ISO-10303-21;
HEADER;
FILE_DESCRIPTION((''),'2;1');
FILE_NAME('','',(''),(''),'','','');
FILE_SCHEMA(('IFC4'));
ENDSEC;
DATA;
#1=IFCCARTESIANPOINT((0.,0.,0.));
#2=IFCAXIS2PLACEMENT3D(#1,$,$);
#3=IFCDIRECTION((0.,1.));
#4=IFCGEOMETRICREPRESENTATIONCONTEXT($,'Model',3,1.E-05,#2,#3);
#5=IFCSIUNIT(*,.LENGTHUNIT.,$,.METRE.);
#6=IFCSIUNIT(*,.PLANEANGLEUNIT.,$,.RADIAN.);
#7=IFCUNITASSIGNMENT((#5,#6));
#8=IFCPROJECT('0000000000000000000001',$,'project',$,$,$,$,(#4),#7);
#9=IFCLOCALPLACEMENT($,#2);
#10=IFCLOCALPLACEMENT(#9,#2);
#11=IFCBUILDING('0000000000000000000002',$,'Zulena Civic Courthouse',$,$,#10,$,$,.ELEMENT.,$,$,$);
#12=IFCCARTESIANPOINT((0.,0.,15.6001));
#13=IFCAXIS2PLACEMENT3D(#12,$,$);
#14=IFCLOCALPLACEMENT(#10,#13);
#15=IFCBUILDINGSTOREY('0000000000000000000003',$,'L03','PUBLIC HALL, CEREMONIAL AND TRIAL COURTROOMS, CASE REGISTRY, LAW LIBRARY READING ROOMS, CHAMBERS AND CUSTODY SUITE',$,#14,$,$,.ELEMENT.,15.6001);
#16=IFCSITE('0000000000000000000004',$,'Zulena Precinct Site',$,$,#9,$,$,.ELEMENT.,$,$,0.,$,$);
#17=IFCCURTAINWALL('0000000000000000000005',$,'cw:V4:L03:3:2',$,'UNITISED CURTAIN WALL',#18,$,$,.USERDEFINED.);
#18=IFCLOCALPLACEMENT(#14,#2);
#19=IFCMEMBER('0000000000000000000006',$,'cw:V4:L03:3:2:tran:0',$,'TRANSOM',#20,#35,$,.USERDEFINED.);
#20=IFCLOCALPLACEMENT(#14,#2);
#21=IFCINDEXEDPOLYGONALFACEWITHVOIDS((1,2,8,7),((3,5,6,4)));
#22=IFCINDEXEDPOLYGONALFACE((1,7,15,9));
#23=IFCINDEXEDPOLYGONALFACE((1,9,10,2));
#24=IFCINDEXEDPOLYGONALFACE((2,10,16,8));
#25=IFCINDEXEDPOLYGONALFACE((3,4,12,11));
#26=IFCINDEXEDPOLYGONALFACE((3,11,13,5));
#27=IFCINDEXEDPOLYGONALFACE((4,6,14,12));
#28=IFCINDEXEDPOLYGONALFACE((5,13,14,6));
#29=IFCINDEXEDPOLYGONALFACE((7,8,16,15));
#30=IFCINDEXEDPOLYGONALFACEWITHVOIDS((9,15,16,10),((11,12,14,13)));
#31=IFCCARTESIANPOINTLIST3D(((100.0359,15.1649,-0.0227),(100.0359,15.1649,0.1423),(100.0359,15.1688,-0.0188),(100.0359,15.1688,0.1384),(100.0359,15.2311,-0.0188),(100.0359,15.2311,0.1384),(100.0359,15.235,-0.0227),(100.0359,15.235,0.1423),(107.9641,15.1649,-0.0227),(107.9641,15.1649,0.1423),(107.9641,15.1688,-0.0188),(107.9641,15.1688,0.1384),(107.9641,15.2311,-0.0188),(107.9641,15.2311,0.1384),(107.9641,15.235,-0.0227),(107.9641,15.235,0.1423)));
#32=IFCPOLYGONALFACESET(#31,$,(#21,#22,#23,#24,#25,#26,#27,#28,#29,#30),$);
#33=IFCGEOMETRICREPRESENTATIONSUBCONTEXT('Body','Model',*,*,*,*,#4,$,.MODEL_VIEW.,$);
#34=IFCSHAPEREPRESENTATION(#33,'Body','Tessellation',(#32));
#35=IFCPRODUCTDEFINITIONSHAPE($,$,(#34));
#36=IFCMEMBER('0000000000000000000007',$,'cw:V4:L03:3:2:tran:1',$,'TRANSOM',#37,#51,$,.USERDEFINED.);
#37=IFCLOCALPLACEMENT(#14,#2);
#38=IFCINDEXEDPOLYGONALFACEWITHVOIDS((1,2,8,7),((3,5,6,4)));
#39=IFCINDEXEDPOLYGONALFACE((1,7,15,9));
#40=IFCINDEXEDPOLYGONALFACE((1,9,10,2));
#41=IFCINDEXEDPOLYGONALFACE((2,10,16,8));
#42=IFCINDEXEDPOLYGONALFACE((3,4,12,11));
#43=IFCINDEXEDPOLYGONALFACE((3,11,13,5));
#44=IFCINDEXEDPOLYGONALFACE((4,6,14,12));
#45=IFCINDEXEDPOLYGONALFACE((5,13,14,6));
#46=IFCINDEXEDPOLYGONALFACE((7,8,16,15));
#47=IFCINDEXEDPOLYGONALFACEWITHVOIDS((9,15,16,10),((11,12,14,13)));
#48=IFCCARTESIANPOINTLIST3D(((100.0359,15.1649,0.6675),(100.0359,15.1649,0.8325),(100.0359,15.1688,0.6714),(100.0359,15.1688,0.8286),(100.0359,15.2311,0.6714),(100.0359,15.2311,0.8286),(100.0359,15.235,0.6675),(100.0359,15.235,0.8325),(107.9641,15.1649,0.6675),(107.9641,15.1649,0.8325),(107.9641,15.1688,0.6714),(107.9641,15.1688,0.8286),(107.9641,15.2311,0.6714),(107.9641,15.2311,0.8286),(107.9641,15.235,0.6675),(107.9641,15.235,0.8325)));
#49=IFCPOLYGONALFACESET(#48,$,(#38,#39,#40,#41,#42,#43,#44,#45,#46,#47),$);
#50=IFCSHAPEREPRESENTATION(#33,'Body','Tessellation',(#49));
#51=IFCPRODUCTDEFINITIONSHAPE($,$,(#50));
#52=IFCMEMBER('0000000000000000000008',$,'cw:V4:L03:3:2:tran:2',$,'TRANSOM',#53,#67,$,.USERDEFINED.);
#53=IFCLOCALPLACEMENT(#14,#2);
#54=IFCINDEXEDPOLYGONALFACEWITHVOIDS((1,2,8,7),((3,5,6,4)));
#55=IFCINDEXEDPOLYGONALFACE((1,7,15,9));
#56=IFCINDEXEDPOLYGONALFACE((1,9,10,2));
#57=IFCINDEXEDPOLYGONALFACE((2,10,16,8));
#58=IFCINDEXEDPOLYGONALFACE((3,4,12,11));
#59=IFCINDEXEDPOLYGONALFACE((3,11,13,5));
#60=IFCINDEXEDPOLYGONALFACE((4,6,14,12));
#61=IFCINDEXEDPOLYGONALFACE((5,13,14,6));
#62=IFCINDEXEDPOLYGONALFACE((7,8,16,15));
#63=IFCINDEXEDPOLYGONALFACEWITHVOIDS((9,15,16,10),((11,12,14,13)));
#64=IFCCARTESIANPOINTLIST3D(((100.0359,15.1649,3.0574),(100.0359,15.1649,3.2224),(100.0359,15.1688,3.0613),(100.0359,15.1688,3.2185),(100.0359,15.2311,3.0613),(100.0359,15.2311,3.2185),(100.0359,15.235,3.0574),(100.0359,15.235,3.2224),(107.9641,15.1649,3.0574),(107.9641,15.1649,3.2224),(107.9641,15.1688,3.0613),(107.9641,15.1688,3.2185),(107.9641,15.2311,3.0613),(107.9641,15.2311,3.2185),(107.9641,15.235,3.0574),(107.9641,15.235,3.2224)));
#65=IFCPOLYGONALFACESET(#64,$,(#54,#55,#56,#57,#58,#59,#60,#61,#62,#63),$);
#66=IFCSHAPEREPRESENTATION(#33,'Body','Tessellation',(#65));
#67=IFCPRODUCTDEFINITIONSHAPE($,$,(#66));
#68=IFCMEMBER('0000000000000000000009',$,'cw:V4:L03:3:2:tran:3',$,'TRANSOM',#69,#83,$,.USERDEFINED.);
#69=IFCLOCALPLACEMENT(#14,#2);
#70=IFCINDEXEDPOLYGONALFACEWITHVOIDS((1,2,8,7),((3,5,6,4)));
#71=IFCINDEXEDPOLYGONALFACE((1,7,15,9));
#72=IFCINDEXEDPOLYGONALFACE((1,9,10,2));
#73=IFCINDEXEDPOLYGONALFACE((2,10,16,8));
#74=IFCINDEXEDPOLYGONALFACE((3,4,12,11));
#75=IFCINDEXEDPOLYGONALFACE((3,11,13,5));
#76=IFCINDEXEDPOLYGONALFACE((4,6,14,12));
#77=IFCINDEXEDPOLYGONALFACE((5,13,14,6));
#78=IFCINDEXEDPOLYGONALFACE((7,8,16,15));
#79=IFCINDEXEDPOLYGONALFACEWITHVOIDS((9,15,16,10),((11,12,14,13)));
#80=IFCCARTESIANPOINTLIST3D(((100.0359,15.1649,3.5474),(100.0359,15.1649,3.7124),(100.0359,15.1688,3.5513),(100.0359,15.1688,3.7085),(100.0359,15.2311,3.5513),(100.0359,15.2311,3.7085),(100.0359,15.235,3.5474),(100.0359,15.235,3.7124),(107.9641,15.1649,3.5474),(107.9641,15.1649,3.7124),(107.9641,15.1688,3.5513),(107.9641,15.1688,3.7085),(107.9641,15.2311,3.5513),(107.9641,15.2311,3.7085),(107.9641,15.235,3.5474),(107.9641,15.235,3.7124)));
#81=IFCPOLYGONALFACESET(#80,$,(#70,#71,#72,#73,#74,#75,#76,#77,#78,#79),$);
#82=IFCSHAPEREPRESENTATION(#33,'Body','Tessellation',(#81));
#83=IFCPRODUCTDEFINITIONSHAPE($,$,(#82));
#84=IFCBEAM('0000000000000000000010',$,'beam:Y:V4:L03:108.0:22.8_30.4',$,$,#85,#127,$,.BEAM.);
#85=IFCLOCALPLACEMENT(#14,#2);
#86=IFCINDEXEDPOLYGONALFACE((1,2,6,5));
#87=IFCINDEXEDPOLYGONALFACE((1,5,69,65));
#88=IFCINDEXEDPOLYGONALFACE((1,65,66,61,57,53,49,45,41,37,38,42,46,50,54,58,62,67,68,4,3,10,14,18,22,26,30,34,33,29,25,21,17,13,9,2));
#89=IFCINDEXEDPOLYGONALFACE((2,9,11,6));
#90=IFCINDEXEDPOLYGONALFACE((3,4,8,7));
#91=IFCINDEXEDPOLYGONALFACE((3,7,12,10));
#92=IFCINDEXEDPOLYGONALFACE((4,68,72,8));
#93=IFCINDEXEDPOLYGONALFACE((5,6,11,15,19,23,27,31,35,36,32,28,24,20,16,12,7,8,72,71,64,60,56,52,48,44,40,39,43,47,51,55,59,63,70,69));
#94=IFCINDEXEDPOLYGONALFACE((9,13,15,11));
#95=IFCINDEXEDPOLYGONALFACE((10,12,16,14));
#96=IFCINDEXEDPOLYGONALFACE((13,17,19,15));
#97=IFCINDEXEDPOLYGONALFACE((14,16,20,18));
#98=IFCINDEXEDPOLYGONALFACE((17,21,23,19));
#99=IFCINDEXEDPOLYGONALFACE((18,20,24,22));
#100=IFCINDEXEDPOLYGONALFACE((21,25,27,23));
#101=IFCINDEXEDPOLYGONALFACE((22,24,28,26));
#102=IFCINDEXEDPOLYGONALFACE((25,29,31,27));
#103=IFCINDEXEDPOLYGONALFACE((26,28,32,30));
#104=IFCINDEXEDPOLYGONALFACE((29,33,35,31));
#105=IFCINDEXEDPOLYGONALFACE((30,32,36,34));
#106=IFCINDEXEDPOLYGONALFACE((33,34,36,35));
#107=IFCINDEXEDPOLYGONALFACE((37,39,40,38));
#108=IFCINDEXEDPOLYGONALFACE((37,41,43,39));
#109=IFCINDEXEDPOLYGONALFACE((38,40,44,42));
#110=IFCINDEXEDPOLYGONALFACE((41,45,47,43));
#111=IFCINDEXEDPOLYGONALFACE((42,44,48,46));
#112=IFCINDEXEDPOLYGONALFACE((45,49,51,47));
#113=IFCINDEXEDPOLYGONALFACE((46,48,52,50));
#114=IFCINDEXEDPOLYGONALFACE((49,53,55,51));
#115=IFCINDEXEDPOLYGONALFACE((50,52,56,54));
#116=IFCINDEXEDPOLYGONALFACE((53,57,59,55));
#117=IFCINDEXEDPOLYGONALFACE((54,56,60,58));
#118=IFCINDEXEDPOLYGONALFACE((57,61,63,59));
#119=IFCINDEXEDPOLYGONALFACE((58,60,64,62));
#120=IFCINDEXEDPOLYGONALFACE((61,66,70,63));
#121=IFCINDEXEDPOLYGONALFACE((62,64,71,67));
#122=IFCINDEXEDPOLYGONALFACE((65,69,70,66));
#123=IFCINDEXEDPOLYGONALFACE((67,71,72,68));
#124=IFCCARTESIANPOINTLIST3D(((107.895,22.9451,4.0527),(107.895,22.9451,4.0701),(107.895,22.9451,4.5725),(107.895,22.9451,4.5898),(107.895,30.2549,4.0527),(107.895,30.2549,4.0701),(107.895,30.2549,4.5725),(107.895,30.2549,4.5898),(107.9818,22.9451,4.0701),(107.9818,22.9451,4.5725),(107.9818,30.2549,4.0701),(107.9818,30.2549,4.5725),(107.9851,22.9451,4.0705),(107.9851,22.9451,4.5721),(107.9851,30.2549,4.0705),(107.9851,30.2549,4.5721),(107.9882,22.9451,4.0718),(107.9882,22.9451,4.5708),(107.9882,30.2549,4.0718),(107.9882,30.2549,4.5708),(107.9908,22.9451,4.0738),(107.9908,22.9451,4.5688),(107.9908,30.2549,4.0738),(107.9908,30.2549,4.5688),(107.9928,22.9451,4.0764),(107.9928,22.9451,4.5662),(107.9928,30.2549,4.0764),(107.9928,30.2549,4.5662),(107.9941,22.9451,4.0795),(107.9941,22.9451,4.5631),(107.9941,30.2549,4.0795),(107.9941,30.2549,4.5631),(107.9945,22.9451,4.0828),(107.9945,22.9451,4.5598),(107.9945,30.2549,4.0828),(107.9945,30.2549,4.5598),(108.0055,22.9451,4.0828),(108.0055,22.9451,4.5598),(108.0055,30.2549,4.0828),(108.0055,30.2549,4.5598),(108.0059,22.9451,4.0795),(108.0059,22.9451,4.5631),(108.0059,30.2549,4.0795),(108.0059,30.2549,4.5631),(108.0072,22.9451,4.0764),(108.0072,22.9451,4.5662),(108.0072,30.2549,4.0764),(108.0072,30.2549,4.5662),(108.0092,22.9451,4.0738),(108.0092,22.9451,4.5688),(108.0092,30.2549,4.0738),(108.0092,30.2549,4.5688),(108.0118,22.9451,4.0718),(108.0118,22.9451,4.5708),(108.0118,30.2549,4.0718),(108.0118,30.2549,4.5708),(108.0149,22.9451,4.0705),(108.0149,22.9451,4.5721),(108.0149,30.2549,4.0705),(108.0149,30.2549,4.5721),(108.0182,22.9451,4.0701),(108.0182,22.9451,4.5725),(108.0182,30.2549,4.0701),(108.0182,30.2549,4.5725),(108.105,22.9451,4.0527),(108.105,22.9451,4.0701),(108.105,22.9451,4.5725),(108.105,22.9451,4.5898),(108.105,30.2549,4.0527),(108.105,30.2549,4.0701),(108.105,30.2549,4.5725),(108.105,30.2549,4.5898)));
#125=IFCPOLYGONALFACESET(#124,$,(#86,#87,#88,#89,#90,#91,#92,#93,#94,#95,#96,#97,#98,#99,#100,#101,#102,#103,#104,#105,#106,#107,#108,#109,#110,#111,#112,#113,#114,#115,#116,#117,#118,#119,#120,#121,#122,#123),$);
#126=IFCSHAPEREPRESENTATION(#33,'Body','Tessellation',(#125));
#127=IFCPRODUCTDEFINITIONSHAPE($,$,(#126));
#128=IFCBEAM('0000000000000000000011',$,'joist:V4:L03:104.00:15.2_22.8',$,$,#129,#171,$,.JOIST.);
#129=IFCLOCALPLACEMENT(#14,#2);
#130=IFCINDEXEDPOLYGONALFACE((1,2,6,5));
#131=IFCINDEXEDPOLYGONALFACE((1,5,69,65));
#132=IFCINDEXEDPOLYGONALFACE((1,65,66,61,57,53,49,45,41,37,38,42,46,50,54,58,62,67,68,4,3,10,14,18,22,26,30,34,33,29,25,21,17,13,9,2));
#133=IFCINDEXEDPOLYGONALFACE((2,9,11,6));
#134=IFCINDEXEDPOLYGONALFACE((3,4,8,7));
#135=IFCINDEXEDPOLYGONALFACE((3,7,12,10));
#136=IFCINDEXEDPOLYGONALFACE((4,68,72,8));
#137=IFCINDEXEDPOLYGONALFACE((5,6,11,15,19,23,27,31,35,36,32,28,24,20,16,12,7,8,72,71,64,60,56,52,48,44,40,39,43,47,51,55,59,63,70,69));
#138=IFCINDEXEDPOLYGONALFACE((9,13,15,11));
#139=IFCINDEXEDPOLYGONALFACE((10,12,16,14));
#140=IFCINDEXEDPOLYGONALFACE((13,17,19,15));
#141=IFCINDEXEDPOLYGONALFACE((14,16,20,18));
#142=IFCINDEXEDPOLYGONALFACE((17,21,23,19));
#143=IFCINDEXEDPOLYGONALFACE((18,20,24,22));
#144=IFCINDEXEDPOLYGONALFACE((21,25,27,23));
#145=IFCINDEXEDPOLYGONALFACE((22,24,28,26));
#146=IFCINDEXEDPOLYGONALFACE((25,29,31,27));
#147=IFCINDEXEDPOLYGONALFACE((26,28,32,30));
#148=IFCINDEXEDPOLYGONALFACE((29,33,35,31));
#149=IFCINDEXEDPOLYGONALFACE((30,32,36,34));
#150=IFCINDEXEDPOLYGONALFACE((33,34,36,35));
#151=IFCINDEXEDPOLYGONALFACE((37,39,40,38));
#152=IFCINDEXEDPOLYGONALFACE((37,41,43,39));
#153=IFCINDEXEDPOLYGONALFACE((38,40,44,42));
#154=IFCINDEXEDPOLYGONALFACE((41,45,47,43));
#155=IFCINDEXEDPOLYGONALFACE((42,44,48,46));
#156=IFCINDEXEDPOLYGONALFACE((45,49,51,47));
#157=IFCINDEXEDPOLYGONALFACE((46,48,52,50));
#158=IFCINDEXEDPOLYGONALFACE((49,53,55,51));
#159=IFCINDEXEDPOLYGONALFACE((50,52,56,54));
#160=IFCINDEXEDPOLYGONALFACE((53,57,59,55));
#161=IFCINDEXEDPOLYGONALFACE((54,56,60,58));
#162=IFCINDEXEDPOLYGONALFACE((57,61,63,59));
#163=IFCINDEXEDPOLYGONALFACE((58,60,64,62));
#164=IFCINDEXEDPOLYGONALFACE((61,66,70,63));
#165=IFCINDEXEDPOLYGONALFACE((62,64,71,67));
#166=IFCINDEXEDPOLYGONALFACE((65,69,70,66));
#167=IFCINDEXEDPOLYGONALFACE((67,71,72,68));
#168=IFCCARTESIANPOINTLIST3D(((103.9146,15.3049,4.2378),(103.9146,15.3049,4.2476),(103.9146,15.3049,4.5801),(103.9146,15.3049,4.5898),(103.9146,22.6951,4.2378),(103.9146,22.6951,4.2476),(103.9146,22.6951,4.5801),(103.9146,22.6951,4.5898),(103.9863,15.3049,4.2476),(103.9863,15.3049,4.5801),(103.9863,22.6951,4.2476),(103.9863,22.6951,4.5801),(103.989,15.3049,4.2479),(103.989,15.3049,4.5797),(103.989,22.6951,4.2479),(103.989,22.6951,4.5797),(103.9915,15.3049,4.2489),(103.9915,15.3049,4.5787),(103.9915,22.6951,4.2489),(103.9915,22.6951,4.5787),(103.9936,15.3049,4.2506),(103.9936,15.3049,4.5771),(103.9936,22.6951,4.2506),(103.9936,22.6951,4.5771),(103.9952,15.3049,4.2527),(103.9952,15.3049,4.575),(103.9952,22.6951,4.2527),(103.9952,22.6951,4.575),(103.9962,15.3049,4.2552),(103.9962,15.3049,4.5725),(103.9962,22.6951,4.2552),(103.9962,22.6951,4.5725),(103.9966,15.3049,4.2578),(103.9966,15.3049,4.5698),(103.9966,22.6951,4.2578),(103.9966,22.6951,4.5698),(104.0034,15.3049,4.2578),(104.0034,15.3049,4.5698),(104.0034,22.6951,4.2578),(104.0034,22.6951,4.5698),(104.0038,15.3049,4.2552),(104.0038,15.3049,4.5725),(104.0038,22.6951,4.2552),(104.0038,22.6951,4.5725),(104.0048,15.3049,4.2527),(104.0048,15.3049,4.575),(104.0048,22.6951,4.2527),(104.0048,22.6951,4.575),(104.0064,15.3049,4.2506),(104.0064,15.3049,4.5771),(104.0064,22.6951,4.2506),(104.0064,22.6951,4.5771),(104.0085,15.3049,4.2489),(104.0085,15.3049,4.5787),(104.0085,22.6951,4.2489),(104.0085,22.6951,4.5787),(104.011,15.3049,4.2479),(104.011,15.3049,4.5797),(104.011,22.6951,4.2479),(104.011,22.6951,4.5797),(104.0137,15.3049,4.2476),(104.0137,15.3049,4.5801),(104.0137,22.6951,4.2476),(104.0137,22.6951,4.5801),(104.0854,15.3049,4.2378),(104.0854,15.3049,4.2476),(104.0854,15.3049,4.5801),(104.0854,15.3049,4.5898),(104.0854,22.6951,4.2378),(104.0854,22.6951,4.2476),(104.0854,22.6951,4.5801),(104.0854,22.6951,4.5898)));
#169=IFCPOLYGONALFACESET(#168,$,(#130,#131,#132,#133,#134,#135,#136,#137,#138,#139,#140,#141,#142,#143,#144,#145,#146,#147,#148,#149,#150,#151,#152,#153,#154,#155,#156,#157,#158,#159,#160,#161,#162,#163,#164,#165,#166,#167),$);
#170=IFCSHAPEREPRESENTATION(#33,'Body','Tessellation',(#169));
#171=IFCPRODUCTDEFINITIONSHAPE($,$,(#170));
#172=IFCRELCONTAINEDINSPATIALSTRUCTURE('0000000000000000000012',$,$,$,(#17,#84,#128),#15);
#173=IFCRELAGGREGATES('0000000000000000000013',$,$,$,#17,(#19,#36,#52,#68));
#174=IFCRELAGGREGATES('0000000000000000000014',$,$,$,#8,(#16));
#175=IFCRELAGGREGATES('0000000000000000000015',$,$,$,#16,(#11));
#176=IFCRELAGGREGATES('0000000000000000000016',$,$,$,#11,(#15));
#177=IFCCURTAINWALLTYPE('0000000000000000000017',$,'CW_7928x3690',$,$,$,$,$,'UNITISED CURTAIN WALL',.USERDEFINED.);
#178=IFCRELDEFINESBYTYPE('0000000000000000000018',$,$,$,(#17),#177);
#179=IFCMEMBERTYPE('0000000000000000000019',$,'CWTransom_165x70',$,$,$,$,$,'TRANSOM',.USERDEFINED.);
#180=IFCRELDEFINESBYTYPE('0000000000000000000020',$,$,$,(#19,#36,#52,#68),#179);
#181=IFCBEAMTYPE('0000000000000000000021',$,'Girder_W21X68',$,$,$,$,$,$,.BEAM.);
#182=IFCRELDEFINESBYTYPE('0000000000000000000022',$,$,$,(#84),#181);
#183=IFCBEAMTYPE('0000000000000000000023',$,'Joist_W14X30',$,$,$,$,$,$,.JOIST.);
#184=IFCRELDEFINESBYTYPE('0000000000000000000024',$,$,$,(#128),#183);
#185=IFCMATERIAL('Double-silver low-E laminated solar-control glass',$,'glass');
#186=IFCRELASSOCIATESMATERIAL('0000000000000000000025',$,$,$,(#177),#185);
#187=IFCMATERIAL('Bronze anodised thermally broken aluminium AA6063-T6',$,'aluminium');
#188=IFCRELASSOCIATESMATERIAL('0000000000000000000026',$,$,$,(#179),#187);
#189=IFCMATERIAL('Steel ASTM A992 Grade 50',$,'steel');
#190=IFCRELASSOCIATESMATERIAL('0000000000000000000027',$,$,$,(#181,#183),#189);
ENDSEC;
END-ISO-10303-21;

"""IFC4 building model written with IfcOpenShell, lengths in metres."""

from ifc_helpers import new_model, si_unit, direction, frame, origin, origin_2d, place, context, subcontext, project, spatial, hollow_rectangle, i_section, extrude, material, material_profile, profile_set, type_object, element, aggregate, save


model = new_model("IFC4")

# Units and contexts
model_context = context("Model", 3, precision=1e-05, world=origin(), true_north=direction((0.0, 1.0)))
body_context = subcontext(model_context, "Body", "Model", "MODEL_VIEW")
ifc_project = project(units=[si_unit("LENGTHUNIT", "METRE"), si_unit("PLANEANGLEUNIT", "RADIAN")], contexts=[model_context])

# Site, building, storey
site_placement = place(None, origin())
site = spatial("IfcSite", under=ifc_project, at=site_placement, Name="Zulena Precinct Site", CompositionType="ELEMENT", RefElevation=0.0)
building_placement = place(site_placement, origin())
building = spatial("IfcBuilding", under=site, at=building_placement, Name="Zulena Civic Courthouse", CompositionType="ELEMENT")
storey_placement = place(building_placement, frame((0.0, 0.0, 15.6001)))
storey = spatial("IfcBuildingStorey", under=building, at=storey_placement, Name="L03", Description="PUBLIC HALL, CEREMONIAL AND TRIAL COURTROOMS, CASE REGISTRY, LAW LIBRARY READING ROOMS, CHAMBERS AND CUSTODY SUITE", CompositionType="ELEMENT", Elevation=15.6001)

# Shared definitions
ifc_material_1 = material(Name="Steel ASTM A992 Grade 50", Category="steel")

# Curtain wall, members
ifc_material_2 = material(Name="Double-silver low-E laminated solar-control glass", Category="glass")
curtain_wall_type = type_object("IfcCurtainWallType", Name="CW_7928x3690", ElementType="UNITISED CURTAIN WALL", PredefinedType="USERDEFINED", material=ifc_material_2)
curtain_wall_placement = place(storey_placement, origin())
curtain_wall = element("IfcCurtainWall", 1, at=curtain_wall_placement, inside=storey, type_object=curtain_wall_type, Name="cw:V4:L03:3:2", ObjectType="UNITISED CURTAIN WALL", PredefinedType="USERDEFINED")
ifc_material_3 = material(Name="Bronze anodised thermally broken aluminium AA6063-T6", Category="aluminium")
ifc_material_profile_1 = material_profile(ifc_material_3, hollow_rectangle(XDim=0.0701, YDim=0.165, WallThickness=0.0039, at=origin_2d()), Name="CWT165X70X4")
ifc_profile_set_1 = profile_set([ifc_material_profile_1], Name="Bronze anodised thermally broken aluminium AA6063-T6")
member_type_1 = type_object("IfcMemberType", Name="CWTransom_165x70", ElementType="TRANSOM", PredefinedType="USERDEFINED", material=ifc_profile_set_1)
member_1_placement = place(storey_placement, frame((107.9641, 15.2, 0.0598), z_axis=(-1.0, 0.0, 0.0), x_axis=(0.0, -1.0, 0.0)))
member_1 = element("IfcMember", 2, at=member_1_placement, type_object=member_type_1, Name="cw:V4:L03:3:2:tran:0", ObjectType="TRANSOM", PredefinedType="USERDEFINED", context=body_context, shape_type="SweptSolid", body=[
    extrude(hollow_rectangle(XDim=0.0701, YDim=0.165, WallThickness=0.0039, at=origin_2d()), origin(), (0.0, 0.0, 1.0), 7.9282),
])
member_2_placement = place(storey_placement, frame((107.9641, 15.2, 0.75), z_axis=(-1.0, 0.0, 0.0), x_axis=(0.0, -1.0, 0.0)))
member_2 = element("IfcMember", 3, at=member_2_placement, type_object=member_type_1, Name="cw:V4:L03:3:2:tran:1", ObjectType="TRANSOM", PredefinedType="USERDEFINED", context=body_context, shape_type="SweptSolid", body=[
    extrude(hollow_rectangle(XDim=0.0701, YDim=0.165, WallThickness=0.0039, at=origin_2d()), origin(), (0.0, 0.0, 1.0), 7.9282),
])
member_3_placement = place(storey_placement, frame((107.9641, 15.2, 3.1399), z_axis=(-1.0, 0.0, 0.0), x_axis=(0.0, -1.0, 0.0)))
member_3 = element("IfcMember", 4, at=member_3_placement, type_object=member_type_1, Name="cw:V4:L03:3:2:tran:2", ObjectType="TRANSOM", PredefinedType="USERDEFINED", context=body_context, shape_type="SweptSolid", body=[
    extrude(hollow_rectangle(XDim=0.0701, YDim=0.165, WallThickness=0.0039, at=origin_2d()), origin(), (0.0, 0.0, 1.0), 7.9282),
])
member_4_placement = place(storey_placement, frame((107.9641, 15.2, 3.6299), z_axis=(-1.0, 0.0, 0.0), x_axis=(0.0, -1.0, 0.0)))
member_4 = element("IfcMember", 5, at=member_4_placement, type_object=member_type_1, Name="cw:V4:L03:3:2:tran:3", ObjectType="TRANSOM", PredefinedType="USERDEFINED", context=body_context, shape_type="SweptSolid", body=[
    extrude(hollow_rectangle(XDim=0.0701, YDim=0.165, WallThickness=0.0039, at=origin_2d()), origin(), (0.0, 0.0, 1.0), 7.9282),
])

# Beams
ifc_material_profile_2 = material_profile(ifc_material_1, i_section(OverallWidth=0.21, OverallDepth=0.5371, WebThickness=0.011, FlangeThickness=0.0173, FilletRadius=0.0127, at=origin_2d()), Name="W21X68")
ifc_profile_set_2 = profile_set([ifc_material_profile_2], Name="Steel ASTM A992 Grade 50")
beam_type_1 = type_object("IfcBeamType", Name="Girder_W21X68", PredefinedType="BEAM", material=ifc_profile_set_2)
beam_1_placement = place(storey_placement, frame((108.0, 22.9451, 4.3213), z_axis=(0.0, 1.0, 0.0), x_axis=(-1.0, 0.0, 0.0)))
element("IfcBeam", 6, at=beam_1_placement, inside=storey, type_object=beam_type_1, Name="beam:Y:V4:L03:108.0:22.8_30.4", PredefinedType="BEAM", context=body_context, shape_type="SweptSolid", body=[
    extrude(i_section(OverallWidth=0.21, OverallDepth=0.5371, WebThickness=0.011, FlangeThickness=0.0173, FilletRadius=0.0127, at=origin_2d()), origin(), (0.0, 0.0, 1.0), 7.3098),
])
ifc_material_profile_3 = material_profile(ifc_material_1, i_section(OverallWidth=0.1709, OverallDepth=0.3521, WebThickness=0.0068, FlangeThickness=0.0098, FilletRadius=0.0103, at=origin_2d()), Name="W14X30")
ifc_profile_set_3 = profile_set([ifc_material_profile_3], Name="Steel ASTM A992 Grade 50")
beam_type_2 = type_object("IfcBeamType", Name="Joist_W14X30", PredefinedType="JOIST", material=ifc_profile_set_3)
beam_2_placement = place(storey_placement, frame((104.0, 15.3049, 4.4138), z_axis=(0.0, 1.0, 0.0), x_axis=(-1.0, 0.0, 0.0)))
element("IfcBeam", 7, at=beam_2_placement, inside=storey, type_object=beam_type_2, Name="joist:V4:L03:104.00:15.2_22.8", PredefinedType="JOIST", context=body_context, shape_type="SweptSolid", body=[
    extrude(i_section(OverallWidth=0.1709, OverallDepth=0.3521, WebThickness=0.0068, FlangeThickness=0.0098, FilletRadius=0.0103, at=origin_2d()), origin(), (0.0, 0.0, 1.0), 7.3901),
])

aggregate(curtain_wall, [member_1, member_2, member_3, member_4])

save(model, "model.ifc")
